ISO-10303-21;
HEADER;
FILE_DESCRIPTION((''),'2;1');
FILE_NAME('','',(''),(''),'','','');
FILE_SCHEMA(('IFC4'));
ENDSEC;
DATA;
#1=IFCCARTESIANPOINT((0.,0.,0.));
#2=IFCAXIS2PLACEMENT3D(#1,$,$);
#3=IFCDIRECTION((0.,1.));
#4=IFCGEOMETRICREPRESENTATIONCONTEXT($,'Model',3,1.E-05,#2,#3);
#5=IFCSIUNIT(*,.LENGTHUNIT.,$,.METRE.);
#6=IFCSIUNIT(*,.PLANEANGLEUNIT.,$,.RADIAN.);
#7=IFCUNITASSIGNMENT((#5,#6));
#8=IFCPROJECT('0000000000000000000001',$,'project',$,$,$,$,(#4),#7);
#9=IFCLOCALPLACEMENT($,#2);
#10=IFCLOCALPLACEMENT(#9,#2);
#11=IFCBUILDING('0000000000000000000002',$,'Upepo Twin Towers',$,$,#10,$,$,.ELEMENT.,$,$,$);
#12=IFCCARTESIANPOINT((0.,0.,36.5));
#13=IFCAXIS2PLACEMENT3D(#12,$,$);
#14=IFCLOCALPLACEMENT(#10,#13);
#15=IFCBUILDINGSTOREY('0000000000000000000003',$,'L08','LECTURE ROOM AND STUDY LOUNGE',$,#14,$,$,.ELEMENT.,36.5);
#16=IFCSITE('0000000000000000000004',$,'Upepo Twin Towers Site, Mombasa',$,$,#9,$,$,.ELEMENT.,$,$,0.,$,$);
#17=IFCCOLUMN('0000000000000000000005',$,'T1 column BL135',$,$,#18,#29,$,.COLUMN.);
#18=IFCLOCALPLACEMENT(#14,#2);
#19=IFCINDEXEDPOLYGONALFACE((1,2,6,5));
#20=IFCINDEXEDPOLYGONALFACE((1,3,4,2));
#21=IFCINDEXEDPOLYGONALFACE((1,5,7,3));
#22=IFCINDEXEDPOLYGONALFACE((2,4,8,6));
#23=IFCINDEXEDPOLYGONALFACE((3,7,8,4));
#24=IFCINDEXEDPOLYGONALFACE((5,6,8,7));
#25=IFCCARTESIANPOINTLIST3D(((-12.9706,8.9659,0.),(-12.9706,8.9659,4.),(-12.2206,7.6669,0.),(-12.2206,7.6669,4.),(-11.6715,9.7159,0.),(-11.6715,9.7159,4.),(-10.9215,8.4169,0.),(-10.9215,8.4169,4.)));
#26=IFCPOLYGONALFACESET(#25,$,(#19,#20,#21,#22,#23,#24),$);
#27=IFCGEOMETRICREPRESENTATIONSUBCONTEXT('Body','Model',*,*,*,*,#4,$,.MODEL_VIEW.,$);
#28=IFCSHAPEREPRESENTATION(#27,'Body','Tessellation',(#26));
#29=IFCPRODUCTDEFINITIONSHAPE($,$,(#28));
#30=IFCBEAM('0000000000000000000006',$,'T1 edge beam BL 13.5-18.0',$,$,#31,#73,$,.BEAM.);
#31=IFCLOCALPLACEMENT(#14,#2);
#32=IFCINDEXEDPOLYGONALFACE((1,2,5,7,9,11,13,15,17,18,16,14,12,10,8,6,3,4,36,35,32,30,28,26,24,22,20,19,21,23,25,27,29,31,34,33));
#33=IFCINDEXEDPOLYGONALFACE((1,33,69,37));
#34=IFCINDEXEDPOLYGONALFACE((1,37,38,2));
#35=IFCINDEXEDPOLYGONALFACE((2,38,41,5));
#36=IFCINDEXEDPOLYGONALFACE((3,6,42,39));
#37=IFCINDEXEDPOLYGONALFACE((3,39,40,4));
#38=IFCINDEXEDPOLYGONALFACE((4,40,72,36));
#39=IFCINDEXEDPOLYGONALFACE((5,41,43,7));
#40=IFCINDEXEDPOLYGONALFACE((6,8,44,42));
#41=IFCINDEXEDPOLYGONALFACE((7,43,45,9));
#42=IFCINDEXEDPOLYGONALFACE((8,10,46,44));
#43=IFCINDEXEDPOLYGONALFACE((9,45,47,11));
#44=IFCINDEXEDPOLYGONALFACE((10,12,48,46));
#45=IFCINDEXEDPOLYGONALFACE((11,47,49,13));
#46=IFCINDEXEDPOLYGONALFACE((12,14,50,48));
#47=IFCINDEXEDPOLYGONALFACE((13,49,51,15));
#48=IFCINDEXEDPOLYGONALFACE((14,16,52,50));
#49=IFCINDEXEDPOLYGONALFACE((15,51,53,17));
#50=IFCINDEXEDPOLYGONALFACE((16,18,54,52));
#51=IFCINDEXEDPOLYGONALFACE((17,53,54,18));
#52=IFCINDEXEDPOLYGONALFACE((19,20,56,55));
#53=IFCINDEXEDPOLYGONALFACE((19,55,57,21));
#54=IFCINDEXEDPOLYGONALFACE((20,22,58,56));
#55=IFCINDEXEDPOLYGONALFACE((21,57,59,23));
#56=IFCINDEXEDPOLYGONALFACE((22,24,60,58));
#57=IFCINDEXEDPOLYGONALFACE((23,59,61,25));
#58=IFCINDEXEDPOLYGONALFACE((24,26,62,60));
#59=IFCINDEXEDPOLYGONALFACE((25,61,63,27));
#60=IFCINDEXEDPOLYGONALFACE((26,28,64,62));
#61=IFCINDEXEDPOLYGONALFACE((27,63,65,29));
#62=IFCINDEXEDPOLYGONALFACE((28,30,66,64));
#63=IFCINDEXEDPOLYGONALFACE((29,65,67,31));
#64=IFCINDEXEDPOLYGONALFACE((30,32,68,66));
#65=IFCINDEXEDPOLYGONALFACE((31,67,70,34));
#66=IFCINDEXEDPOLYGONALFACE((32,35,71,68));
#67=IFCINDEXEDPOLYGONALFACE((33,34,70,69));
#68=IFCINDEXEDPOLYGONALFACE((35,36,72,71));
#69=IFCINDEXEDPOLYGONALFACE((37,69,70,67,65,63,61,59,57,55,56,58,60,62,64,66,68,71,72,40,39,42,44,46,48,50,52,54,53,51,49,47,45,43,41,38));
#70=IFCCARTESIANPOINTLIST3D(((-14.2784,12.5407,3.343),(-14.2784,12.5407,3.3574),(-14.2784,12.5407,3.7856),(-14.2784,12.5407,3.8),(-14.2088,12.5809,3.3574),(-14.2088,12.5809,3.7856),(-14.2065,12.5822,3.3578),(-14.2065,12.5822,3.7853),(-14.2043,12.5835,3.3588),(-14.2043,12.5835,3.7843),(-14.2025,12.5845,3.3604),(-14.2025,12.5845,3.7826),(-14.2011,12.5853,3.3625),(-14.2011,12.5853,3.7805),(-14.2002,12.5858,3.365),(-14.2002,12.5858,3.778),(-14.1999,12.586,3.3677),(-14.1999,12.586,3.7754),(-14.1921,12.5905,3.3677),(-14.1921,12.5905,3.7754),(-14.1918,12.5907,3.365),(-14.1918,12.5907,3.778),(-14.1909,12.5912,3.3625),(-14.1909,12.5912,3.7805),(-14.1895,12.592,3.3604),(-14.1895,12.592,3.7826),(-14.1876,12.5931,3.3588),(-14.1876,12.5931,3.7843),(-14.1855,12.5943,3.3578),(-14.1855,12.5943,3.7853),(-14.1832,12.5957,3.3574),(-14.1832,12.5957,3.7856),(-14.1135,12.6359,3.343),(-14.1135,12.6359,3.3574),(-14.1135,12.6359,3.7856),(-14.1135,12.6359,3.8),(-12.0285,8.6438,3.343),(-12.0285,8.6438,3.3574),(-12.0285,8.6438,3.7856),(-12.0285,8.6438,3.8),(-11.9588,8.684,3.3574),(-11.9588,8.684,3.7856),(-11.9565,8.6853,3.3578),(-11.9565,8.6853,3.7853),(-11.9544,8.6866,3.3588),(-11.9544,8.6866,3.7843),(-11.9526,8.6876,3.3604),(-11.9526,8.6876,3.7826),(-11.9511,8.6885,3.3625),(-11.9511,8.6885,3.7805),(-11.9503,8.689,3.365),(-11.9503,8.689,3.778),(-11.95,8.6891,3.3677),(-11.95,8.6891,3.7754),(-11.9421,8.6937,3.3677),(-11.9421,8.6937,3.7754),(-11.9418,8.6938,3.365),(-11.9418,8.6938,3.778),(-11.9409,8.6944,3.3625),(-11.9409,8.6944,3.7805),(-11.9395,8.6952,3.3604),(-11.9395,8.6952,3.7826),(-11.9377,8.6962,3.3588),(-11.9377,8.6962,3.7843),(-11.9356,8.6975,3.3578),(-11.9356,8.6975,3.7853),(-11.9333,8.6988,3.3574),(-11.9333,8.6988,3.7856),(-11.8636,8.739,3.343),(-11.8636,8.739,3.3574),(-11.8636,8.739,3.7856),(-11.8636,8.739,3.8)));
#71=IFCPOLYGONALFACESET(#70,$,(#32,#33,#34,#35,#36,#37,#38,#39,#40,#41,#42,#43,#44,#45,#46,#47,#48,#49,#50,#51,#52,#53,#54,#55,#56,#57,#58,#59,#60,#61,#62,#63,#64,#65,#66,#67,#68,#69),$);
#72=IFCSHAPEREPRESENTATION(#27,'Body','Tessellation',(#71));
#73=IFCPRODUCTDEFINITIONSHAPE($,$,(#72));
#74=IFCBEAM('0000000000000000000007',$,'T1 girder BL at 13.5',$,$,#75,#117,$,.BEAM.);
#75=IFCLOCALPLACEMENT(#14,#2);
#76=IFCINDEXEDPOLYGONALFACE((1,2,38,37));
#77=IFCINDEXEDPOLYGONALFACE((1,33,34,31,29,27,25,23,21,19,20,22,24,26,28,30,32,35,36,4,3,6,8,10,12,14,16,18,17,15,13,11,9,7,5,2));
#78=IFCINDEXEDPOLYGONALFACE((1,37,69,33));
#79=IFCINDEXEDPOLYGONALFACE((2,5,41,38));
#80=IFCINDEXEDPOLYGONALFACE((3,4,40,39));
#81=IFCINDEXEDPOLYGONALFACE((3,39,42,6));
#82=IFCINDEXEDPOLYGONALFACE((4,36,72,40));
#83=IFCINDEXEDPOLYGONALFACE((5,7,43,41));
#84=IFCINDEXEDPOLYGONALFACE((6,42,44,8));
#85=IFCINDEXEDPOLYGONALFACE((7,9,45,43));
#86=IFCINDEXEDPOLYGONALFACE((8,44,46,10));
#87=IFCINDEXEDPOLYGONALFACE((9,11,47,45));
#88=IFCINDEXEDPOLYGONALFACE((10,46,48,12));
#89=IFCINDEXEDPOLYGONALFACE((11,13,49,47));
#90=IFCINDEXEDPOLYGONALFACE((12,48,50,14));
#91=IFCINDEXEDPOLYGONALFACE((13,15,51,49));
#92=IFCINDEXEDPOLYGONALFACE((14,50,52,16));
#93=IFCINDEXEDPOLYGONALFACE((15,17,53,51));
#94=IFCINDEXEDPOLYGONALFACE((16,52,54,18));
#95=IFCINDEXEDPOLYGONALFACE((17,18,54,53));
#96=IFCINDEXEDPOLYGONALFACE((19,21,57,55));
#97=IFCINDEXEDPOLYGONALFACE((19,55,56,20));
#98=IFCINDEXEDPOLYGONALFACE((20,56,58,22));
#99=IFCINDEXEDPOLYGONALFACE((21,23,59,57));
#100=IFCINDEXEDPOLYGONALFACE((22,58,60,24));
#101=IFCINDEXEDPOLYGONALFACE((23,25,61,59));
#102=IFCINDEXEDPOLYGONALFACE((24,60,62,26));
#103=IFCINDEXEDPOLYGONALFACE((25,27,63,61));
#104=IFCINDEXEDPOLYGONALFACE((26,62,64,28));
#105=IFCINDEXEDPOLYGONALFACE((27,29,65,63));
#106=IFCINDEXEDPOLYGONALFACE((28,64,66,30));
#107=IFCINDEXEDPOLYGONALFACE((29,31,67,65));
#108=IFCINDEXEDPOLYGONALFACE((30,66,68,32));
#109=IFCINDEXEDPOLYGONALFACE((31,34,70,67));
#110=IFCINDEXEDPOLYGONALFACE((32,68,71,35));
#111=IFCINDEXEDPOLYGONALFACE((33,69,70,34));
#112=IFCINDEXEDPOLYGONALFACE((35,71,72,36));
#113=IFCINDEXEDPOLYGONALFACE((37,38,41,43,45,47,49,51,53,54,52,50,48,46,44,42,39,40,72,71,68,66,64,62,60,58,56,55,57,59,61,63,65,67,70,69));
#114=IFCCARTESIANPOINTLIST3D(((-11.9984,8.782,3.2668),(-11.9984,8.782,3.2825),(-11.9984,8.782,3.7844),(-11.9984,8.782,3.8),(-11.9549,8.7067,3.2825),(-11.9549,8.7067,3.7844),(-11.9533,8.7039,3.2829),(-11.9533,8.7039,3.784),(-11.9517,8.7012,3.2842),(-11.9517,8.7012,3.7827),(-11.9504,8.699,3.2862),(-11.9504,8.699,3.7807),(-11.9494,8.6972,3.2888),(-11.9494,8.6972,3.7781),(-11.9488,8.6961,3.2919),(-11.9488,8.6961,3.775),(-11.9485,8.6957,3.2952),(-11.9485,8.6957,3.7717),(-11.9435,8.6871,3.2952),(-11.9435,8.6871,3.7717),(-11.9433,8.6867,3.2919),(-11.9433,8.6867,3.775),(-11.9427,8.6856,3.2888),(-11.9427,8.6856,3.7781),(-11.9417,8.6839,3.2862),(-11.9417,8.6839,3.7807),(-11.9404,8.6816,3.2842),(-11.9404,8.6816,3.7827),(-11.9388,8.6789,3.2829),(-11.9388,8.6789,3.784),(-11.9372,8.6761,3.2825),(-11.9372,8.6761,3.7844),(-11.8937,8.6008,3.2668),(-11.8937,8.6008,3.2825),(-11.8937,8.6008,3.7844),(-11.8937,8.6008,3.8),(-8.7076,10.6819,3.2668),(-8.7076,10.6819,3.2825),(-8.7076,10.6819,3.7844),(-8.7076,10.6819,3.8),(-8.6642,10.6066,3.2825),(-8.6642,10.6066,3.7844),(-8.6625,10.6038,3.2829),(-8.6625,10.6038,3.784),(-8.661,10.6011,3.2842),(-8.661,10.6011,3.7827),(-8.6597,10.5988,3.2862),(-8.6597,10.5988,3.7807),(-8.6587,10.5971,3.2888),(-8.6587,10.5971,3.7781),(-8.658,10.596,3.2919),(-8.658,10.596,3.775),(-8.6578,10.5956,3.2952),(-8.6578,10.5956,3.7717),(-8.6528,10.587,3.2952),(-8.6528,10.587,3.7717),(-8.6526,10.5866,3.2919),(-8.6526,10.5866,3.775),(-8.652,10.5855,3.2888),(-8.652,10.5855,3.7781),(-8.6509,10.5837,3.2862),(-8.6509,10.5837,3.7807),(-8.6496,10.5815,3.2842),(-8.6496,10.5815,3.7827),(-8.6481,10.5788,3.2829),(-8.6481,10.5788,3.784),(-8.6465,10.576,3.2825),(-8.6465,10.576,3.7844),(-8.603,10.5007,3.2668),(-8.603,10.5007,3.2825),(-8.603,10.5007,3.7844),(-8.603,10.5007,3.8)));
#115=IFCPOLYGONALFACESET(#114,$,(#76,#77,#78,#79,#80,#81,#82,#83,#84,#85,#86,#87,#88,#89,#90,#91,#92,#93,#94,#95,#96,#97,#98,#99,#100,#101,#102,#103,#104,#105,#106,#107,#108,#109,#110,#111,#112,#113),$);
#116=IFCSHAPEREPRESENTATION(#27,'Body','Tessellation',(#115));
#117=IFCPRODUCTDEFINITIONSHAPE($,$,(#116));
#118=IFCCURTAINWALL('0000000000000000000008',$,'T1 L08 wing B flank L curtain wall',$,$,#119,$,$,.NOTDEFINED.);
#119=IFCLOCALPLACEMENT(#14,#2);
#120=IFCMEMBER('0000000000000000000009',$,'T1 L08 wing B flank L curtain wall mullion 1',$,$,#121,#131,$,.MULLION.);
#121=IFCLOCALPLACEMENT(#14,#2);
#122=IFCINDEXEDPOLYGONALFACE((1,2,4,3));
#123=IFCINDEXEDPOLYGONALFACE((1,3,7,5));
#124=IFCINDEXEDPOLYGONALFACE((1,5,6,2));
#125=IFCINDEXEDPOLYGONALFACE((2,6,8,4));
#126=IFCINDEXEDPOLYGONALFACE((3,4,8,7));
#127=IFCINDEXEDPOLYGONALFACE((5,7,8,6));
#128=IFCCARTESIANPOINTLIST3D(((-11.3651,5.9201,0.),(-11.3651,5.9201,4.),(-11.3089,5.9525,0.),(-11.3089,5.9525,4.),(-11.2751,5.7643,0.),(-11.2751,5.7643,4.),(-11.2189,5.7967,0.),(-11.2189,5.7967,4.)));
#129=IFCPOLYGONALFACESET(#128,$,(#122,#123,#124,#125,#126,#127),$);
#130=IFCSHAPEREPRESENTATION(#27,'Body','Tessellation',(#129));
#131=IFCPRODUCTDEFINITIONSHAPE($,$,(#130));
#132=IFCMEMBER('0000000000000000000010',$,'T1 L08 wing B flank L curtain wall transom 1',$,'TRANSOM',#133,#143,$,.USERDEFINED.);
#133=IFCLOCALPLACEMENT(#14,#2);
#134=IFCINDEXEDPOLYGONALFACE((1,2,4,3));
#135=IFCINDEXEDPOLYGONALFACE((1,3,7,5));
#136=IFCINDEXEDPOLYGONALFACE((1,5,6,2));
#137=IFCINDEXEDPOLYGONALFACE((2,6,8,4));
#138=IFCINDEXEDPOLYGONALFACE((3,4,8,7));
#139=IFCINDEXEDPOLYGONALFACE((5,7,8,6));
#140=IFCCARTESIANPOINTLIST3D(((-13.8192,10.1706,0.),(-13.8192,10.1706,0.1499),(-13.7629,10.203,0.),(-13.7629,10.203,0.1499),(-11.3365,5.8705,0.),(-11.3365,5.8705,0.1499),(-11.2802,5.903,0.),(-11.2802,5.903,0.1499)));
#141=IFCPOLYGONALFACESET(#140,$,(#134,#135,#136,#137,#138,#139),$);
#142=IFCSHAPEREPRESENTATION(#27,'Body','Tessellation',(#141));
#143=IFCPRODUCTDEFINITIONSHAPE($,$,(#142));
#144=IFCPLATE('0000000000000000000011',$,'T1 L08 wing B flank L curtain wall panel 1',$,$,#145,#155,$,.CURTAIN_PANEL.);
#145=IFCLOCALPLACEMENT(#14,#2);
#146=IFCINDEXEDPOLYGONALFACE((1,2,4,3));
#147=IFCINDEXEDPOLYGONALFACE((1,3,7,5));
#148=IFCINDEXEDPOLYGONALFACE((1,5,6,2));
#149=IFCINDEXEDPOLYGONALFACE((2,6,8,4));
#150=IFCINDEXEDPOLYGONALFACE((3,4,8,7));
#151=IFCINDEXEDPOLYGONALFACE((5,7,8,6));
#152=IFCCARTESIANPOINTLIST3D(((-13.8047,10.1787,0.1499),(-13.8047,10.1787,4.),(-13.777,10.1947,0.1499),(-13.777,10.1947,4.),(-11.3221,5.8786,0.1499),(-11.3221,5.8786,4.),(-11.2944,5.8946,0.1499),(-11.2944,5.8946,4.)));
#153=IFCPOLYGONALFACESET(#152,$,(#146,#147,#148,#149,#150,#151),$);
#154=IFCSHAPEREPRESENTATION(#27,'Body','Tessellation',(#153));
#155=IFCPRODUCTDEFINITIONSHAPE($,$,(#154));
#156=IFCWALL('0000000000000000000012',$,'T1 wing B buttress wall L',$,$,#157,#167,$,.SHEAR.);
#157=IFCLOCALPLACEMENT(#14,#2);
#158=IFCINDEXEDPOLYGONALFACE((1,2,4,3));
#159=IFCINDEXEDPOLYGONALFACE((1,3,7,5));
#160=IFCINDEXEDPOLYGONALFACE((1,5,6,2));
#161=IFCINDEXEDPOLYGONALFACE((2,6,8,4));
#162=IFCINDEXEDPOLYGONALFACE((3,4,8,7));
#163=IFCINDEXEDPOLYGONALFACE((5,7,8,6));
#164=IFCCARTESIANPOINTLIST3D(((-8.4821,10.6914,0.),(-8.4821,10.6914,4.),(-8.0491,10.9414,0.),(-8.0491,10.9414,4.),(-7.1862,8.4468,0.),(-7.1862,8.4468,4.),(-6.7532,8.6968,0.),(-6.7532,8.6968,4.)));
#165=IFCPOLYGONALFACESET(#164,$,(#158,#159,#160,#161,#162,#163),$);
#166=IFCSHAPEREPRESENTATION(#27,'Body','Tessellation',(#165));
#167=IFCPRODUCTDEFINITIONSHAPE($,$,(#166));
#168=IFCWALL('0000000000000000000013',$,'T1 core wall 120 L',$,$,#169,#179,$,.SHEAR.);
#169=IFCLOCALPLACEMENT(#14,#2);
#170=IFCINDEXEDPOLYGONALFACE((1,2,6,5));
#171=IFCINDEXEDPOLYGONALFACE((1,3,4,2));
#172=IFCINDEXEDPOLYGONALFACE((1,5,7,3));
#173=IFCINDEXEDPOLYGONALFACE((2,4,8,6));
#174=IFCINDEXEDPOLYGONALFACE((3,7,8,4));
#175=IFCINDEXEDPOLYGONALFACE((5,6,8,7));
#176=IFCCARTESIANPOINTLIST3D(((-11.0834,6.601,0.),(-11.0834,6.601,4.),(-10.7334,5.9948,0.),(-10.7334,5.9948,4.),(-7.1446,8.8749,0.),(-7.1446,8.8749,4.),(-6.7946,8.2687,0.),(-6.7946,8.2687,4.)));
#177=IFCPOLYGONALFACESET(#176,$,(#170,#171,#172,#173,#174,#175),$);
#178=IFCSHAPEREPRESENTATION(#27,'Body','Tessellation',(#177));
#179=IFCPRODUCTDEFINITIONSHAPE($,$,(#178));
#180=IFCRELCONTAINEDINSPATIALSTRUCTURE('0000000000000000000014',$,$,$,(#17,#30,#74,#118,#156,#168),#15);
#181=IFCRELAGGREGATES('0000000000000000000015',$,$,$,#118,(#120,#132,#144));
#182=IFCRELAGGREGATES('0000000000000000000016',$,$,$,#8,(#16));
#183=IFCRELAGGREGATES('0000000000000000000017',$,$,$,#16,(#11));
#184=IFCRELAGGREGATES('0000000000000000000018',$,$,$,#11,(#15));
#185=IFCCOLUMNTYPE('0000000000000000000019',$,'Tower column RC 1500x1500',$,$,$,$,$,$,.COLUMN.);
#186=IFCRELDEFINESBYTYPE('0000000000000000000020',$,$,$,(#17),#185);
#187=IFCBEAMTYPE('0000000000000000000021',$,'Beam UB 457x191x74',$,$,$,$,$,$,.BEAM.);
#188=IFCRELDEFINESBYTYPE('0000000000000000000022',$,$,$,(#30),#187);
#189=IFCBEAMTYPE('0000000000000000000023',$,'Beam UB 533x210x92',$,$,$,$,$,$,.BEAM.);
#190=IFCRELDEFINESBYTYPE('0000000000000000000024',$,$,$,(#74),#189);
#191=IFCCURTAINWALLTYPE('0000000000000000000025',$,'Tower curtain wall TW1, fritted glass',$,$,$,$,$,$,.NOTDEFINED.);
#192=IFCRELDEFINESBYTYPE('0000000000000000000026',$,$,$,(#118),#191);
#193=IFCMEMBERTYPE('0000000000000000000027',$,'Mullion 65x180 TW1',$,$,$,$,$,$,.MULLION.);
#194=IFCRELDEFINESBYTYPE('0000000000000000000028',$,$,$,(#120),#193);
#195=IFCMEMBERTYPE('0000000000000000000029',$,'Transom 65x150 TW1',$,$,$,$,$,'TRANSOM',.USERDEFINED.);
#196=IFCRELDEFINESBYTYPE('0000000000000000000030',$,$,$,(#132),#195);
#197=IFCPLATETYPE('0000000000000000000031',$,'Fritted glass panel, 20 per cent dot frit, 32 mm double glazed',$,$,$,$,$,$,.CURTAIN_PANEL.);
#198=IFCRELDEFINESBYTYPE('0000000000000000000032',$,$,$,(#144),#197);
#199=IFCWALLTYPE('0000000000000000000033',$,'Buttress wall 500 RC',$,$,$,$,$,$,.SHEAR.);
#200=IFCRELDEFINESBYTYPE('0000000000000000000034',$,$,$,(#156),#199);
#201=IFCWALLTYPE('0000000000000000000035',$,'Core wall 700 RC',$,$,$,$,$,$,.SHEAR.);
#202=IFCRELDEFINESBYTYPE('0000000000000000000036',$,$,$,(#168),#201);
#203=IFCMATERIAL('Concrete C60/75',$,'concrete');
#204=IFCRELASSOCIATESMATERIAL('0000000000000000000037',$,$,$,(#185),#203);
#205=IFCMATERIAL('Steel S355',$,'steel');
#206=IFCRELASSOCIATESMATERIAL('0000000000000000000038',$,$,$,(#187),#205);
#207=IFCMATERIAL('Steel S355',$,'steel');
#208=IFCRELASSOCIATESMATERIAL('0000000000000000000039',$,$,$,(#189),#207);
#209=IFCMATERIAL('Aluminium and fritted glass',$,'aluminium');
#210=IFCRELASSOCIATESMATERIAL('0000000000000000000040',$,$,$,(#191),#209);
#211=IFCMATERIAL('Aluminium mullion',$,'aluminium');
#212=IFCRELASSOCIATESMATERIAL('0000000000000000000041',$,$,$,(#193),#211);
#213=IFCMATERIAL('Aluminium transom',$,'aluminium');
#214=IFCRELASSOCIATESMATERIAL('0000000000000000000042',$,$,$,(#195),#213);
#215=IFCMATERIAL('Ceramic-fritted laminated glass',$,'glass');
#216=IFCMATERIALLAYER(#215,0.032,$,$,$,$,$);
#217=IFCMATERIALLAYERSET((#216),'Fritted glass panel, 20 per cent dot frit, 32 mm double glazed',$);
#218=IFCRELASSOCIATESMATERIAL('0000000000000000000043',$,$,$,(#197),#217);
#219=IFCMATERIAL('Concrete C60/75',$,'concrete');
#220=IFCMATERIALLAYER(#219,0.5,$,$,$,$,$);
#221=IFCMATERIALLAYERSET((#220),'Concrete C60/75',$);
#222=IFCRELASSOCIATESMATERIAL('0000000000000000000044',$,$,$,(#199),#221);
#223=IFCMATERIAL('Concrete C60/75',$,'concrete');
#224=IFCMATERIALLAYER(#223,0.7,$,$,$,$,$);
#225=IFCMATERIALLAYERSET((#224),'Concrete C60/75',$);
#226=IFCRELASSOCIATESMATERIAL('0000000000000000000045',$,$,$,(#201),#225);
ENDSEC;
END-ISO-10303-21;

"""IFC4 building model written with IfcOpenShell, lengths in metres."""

from ifc_helpers import new_model, si_unit, direction, frame, frame_2d, origin, origin_2d, place, context, subcontext, project, spatial, rectangle, i_section, extrude, material, layer, layer_set, material_profile, profile_set, type_object, element, aggregate, save


model = new_model("IFC4")

# Units and contexts
model_context = context("Model", 3, precision=1e-05, world=origin(), true_north=direction((0.0, 1.0)))
body_context = subcontext(model_context, "Body", "Model", "MODEL_VIEW")
ifc_project = project(units=[si_unit("LENGTHUNIT", "METRE"), si_unit("PLANEANGLEUNIT", "RADIAN")], contexts=[model_context])

# Site, building, storey
site_placement = place(None, origin())
site = spatial("IfcSite", under=ifc_project, at=site_placement, Name="Upepo Twin Towers Site, Mombasa", CompositionType="ELEMENT", RefElevation=0.0)
building_placement = place(site_placement, origin())
building = spatial("IfcBuilding", under=site, at=building_placement, Name="Upepo Twin Towers", CompositionType="ELEMENT")
storey_placement = place(building_placement, frame((0.0, 0.0, 36.5)))
storey = spatial("IfcBuildingStorey", under=building, at=storey_placement, Name="L08", Description="LECTURE ROOM AND STUDY LOUNGE", CompositionType="ELEMENT", Elevation=36.5)

# Column
ifc_material_1 = material(Name="Concrete C60/75", Category="concrete")
ifc_material_profile_1 = material_profile(ifc_material_1, rectangle(XDim=1.5, YDim=1.5, at=origin_2d()), Name="RC 1500x1500")
ifc_profile_set_1 = profile_set([ifc_material_profile_1], Name="Concrete C60/75")
column_type = type_object("IfcColumnType", Name="Tower column RC 1500x1500", PredefinedType="COLUMN", material=ifc_profile_set_1)
column_placement = place(storey_placement, frame((-11.946, 8.6914, 0.0), z_axis=(0.0, 0.0, 1.0), x_axis=(0.866025, 0.5, 0.0)))
element("IfcColumn", 1, at=column_placement, inside=storey, type_object=column_type, Name="T1 column BL135", PredefinedType="COLUMN", context=body_context, shape_type="SweptSolid", body=[
    extrude(rectangle(XDim=1.5, YDim=1.5, at=origin_2d()), origin(), (0.0, 0.0, 1.0), 4.0),
])

# Beams
ifc_material_2 = material(Name="Steel S355", Category="steel")
ifc_material_profile_2 = material_profile(ifc_material_2, i_section(OverallWidth=0.1904, OverallDepth=0.457, WebThickness=0.009, FlangeThickness=0.0144, FilletRadius=0.0103, at=origin_2d()), Name="UB 457x191x74")
ifc_profile_set_2 = profile_set([ifc_material_profile_2], Name="Steel S355")
beam_type_1 = type_object("IfcBeamType", Name="Beam UB 457x191x74", PredefinedType="BEAM", material=ifc_profile_set_2)
beam_1_placement = place(storey_placement, frame((-11.946, 8.6914, 3.5715), z_axis=(-0.500014, 0.866018, 0.0), x_axis=(-0.866018, -0.500014, 0.0)))
element("IfcBeam", 2, at=beam_1_placement, inside=storey, type_object=beam_type_1, Name="T1 edge beam BL 13.5-18.0", PredefinedType="BEAM", context=body_context, shape_type="SweptSolid", body=[
    extrude(i_section(OverallWidth=0.1904, OverallDepth=0.457, WebThickness=0.009, FlangeThickness=0.0144, FilletRadius=0.0103, at=origin_2d()), origin(), (0.0, 0.0, 1.0), 4.4998),
])
ifc_material_3 = material(Name="Steel S355", Category="steel")
ifc_material_profile_3 = material_profile(ifc_material_3, i_section(OverallWidth=0.2092, OverallDepth=0.5332, WebThickness=0.01, FlangeThickness=0.0156, FilletRadius=0.0127, at=origin_2d()), Name="UB 533x210x92")
ifc_profile_set_3 = profile_set([ifc_material_profile_3], Name="Steel S355")
beam_type_2 = type_object("IfcBeamType", Name="Beam UB 533x210x92", PredefinedType="BEAM", material=ifc_profile_set_3)
beam_2_placement = place(storey_placement, frame((-11.946, 8.6914, 3.5334), z_axis=(0.866028, 0.499995, 0.0), x_axis=(-0.499995, 0.866028, 0.0)))
element("IfcBeam", 3, at=beam_2_placement, inside=storey, type_object=beam_type_2, Name="T1 girder BL at 13.5", PredefinedType="BEAM", context=body_context, shape_type="SweptSolid", body=[
    extrude(i_section(OverallWidth=0.2092, OverallDepth=0.5332, WebThickness=0.01, FlangeThickness=0.0156, FilletRadius=0.0127, at=origin_2d()), origin(), (0.0, 0.0, 1.0), 3.7998),
])

# Curtain wall, members, plate
ifc_material_4 = material(Name="Aluminium and fritted glass", Category="aluminium")
curtain_wall_type = type_object("IfcCurtainWallType", Name="Tower curtain wall TW1, fritted glass", PredefinedType="NOTDEFINED", material=ifc_material_4)
curtain_wall_placement = place(storey_placement, origin())
curtain_wall = element("IfcCurtainWall", 4, at=curtain_wall_placement, inside=storey, type_object=curtain_wall_type, Name="T1 L08 wing B flank L curtain wall", PredefinedType="NOTDEFINED")
ifc_material_5 = material(Name="Aluminium mullion", Category="aluminium")
ifc_material_profile_4 = material_profile(ifc_material_5, rectangle(XDim=0.0649, YDim=0.1799, at=origin_2d()), Name="MULLION 65x180")
ifc_profile_set_4 = profile_set([ifc_material_profile_4], Name="Aluminium mullion")
member_type_1 = type_object("IfcMemberType", Name="Mullion 65x180 TW1", PredefinedType="MULLION", material=ifc_profile_set_4)
member_1_placement = place(storey_placement, frame((-11.292, 5.8584, 0.0), z_axis=(0.0, 0.0, 1.0), x_axis=(-0.866025, -0.5, 0.0)))
member_1 = element("IfcMember", 5, at=member_1_placement, type_object=member_type_1, Name="T1 L08 wing B flank L curtain wall mullion 1", PredefinedType="MULLION", context=body_context, shape_type="SweptSolid", body=[
    extrude(rectangle(XDim=0.0649, YDim=0.1799, at=origin_2d()), origin(), (0.0, 0.0, 1.0), 4.0),
])
ifc_material_6 = material(Name="Aluminium transom", Category="aluminium")
ifc_material_profile_5 = material_profile(ifc_material_6, rectangle(XDim=0.0649, YDim=0.1499, at=origin_2d()), Name="TRANSOM 65x150")
ifc_profile_set_5 = profile_set([ifc_material_profile_5], Name="Aluminium transom")
member_type_2 = type_object("IfcMemberType", Name="Transom 65x150 TW1", ElementType="TRANSOM", PredefinedType="USERDEFINED", material=ifc_profile_set_5)
member_2_placement = place(storey_placement, frame((-11.3083, 5.8867, 0.075), z_axis=(-0.500005, 0.866023, 0.0), x_axis=(-0.866023, -0.500005, 0.0)))
member_2 = element("IfcMember", 6, at=member_2_placement, type_object=member_type_2, Name="T1 L08 wing B flank L curtain wall transom 1", ObjectType="TRANSOM", PredefinedType="USERDEFINED", context=body_context, shape_type="SweptSolid", body=[
    extrude(rectangle(XDim=0.0649, YDim=0.1499, at=origin_2d()), origin(), (0.0, 0.0, 1.0), 4.9653),
])
ifc_material_7 = material(Name="Ceramic-fritted laminated glass", Category="glass")
ifc_layer_1 = layer(ifc_material_7, 0.032)
ifc_layer_set_1 = layer_set([ifc_layer_1], Name="Fritted glass panel, 20 per cent dot frit, 32 mm double glazed")
plate_type = type_object("IfcPlateType", Name="Fritted glass panel, 20 per cent dot frit, 32 mm double glazed", PredefinedType="CURTAIN_PANEL", material=ifc_layer_set_1)
plate_placement = place(storey_placement, frame((-12.5496, 8.0366, 0.1499), z_axis=(0.0, 0.0, 1.0), x_axis=(-0.5, 0.866025, 0.0)))
plate = element("IfcPlate", 7, at=plate_placement, type_object=plate_type, Name="T1 L08 wing B flank L curtain wall panel 1", PredefinedType="CURTAIN_PANEL", context=body_context, shape_type="SweptSolid", body=[
    extrude(rectangle(XDim=4.9653, YDim=0.032, at=origin_2d()), origin(), (0.0, 0.0, 1.0), 3.8501),
])
aggregate(curtain_wall, [member_1, member_2, plate])

# Walls
ifc_material_8 = material(Name="Concrete C60/75", Category="concrete")
ifc_layer_2 = layer(ifc_material_8, 0.5)
ifc_layer_set_2 = layer_set([ifc_layer_2], Name="Concrete C60/75")
wall_type_1 = type_object("IfcWallType", Name="Buttress wall 500 RC", PredefinedType="SHEAR", material=ifc_layer_set_2)
wall_1_placement = place(storey_placement, frame((-6.9697, 8.5718, 0.0), z_axis=(0.0, 0.0, 1.0), x_axis=(-0.499989, 0.866032, 0.0)))
element("IfcWall", 8, at=wall_1_placement, inside=storey, type_object=wall_type_1, Name="T1 wing B buttress wall L", PredefinedType="SHEAR", context=body_context, shape_type="SweptSolid", body=[
    extrude(rectangle(XDim=2.5918, YDim=0.5, at=frame_2d((1.2959, 0.0))), origin(), (0.0, 0.0, 1.0), 4.0),
])
ifc_material_9 = material(Name="Concrete C60/75", Category="concrete")
ifc_layer_3 = layer(ifc_material_9, 0.7)
ifc_layer_set_3 = layer_set([ifc_layer_3], Name="Concrete C60/75")
wall_type_2 = type_object("IfcWallType", Name="Core wall 700 RC", PredefinedType="SHEAR", material=ifc_layer_set_3)
wall_2_placement = place(storey_placement, frame((-6.9697, 8.5718, 0.0), z_axis=(0.0, 0.0, 1.0), x_axis=(-0.866035, -0.499984, 0.0)))
element("IfcWall", 9, at=wall_2_placement, inside=storey, type_object=wall_type_2, Name="T1 core wall 120 L", PredefinedType="SHEAR", context=body_context, shape_type="SweptSolid", body=[
    extrude(rectangle(XDim=4.5481, YDim=0.7, at=frame_2d((2.2739, 0.0))), origin(), (0.0, 0.0, 1.0), 4.0),
])

save(model, "model.ifc")
